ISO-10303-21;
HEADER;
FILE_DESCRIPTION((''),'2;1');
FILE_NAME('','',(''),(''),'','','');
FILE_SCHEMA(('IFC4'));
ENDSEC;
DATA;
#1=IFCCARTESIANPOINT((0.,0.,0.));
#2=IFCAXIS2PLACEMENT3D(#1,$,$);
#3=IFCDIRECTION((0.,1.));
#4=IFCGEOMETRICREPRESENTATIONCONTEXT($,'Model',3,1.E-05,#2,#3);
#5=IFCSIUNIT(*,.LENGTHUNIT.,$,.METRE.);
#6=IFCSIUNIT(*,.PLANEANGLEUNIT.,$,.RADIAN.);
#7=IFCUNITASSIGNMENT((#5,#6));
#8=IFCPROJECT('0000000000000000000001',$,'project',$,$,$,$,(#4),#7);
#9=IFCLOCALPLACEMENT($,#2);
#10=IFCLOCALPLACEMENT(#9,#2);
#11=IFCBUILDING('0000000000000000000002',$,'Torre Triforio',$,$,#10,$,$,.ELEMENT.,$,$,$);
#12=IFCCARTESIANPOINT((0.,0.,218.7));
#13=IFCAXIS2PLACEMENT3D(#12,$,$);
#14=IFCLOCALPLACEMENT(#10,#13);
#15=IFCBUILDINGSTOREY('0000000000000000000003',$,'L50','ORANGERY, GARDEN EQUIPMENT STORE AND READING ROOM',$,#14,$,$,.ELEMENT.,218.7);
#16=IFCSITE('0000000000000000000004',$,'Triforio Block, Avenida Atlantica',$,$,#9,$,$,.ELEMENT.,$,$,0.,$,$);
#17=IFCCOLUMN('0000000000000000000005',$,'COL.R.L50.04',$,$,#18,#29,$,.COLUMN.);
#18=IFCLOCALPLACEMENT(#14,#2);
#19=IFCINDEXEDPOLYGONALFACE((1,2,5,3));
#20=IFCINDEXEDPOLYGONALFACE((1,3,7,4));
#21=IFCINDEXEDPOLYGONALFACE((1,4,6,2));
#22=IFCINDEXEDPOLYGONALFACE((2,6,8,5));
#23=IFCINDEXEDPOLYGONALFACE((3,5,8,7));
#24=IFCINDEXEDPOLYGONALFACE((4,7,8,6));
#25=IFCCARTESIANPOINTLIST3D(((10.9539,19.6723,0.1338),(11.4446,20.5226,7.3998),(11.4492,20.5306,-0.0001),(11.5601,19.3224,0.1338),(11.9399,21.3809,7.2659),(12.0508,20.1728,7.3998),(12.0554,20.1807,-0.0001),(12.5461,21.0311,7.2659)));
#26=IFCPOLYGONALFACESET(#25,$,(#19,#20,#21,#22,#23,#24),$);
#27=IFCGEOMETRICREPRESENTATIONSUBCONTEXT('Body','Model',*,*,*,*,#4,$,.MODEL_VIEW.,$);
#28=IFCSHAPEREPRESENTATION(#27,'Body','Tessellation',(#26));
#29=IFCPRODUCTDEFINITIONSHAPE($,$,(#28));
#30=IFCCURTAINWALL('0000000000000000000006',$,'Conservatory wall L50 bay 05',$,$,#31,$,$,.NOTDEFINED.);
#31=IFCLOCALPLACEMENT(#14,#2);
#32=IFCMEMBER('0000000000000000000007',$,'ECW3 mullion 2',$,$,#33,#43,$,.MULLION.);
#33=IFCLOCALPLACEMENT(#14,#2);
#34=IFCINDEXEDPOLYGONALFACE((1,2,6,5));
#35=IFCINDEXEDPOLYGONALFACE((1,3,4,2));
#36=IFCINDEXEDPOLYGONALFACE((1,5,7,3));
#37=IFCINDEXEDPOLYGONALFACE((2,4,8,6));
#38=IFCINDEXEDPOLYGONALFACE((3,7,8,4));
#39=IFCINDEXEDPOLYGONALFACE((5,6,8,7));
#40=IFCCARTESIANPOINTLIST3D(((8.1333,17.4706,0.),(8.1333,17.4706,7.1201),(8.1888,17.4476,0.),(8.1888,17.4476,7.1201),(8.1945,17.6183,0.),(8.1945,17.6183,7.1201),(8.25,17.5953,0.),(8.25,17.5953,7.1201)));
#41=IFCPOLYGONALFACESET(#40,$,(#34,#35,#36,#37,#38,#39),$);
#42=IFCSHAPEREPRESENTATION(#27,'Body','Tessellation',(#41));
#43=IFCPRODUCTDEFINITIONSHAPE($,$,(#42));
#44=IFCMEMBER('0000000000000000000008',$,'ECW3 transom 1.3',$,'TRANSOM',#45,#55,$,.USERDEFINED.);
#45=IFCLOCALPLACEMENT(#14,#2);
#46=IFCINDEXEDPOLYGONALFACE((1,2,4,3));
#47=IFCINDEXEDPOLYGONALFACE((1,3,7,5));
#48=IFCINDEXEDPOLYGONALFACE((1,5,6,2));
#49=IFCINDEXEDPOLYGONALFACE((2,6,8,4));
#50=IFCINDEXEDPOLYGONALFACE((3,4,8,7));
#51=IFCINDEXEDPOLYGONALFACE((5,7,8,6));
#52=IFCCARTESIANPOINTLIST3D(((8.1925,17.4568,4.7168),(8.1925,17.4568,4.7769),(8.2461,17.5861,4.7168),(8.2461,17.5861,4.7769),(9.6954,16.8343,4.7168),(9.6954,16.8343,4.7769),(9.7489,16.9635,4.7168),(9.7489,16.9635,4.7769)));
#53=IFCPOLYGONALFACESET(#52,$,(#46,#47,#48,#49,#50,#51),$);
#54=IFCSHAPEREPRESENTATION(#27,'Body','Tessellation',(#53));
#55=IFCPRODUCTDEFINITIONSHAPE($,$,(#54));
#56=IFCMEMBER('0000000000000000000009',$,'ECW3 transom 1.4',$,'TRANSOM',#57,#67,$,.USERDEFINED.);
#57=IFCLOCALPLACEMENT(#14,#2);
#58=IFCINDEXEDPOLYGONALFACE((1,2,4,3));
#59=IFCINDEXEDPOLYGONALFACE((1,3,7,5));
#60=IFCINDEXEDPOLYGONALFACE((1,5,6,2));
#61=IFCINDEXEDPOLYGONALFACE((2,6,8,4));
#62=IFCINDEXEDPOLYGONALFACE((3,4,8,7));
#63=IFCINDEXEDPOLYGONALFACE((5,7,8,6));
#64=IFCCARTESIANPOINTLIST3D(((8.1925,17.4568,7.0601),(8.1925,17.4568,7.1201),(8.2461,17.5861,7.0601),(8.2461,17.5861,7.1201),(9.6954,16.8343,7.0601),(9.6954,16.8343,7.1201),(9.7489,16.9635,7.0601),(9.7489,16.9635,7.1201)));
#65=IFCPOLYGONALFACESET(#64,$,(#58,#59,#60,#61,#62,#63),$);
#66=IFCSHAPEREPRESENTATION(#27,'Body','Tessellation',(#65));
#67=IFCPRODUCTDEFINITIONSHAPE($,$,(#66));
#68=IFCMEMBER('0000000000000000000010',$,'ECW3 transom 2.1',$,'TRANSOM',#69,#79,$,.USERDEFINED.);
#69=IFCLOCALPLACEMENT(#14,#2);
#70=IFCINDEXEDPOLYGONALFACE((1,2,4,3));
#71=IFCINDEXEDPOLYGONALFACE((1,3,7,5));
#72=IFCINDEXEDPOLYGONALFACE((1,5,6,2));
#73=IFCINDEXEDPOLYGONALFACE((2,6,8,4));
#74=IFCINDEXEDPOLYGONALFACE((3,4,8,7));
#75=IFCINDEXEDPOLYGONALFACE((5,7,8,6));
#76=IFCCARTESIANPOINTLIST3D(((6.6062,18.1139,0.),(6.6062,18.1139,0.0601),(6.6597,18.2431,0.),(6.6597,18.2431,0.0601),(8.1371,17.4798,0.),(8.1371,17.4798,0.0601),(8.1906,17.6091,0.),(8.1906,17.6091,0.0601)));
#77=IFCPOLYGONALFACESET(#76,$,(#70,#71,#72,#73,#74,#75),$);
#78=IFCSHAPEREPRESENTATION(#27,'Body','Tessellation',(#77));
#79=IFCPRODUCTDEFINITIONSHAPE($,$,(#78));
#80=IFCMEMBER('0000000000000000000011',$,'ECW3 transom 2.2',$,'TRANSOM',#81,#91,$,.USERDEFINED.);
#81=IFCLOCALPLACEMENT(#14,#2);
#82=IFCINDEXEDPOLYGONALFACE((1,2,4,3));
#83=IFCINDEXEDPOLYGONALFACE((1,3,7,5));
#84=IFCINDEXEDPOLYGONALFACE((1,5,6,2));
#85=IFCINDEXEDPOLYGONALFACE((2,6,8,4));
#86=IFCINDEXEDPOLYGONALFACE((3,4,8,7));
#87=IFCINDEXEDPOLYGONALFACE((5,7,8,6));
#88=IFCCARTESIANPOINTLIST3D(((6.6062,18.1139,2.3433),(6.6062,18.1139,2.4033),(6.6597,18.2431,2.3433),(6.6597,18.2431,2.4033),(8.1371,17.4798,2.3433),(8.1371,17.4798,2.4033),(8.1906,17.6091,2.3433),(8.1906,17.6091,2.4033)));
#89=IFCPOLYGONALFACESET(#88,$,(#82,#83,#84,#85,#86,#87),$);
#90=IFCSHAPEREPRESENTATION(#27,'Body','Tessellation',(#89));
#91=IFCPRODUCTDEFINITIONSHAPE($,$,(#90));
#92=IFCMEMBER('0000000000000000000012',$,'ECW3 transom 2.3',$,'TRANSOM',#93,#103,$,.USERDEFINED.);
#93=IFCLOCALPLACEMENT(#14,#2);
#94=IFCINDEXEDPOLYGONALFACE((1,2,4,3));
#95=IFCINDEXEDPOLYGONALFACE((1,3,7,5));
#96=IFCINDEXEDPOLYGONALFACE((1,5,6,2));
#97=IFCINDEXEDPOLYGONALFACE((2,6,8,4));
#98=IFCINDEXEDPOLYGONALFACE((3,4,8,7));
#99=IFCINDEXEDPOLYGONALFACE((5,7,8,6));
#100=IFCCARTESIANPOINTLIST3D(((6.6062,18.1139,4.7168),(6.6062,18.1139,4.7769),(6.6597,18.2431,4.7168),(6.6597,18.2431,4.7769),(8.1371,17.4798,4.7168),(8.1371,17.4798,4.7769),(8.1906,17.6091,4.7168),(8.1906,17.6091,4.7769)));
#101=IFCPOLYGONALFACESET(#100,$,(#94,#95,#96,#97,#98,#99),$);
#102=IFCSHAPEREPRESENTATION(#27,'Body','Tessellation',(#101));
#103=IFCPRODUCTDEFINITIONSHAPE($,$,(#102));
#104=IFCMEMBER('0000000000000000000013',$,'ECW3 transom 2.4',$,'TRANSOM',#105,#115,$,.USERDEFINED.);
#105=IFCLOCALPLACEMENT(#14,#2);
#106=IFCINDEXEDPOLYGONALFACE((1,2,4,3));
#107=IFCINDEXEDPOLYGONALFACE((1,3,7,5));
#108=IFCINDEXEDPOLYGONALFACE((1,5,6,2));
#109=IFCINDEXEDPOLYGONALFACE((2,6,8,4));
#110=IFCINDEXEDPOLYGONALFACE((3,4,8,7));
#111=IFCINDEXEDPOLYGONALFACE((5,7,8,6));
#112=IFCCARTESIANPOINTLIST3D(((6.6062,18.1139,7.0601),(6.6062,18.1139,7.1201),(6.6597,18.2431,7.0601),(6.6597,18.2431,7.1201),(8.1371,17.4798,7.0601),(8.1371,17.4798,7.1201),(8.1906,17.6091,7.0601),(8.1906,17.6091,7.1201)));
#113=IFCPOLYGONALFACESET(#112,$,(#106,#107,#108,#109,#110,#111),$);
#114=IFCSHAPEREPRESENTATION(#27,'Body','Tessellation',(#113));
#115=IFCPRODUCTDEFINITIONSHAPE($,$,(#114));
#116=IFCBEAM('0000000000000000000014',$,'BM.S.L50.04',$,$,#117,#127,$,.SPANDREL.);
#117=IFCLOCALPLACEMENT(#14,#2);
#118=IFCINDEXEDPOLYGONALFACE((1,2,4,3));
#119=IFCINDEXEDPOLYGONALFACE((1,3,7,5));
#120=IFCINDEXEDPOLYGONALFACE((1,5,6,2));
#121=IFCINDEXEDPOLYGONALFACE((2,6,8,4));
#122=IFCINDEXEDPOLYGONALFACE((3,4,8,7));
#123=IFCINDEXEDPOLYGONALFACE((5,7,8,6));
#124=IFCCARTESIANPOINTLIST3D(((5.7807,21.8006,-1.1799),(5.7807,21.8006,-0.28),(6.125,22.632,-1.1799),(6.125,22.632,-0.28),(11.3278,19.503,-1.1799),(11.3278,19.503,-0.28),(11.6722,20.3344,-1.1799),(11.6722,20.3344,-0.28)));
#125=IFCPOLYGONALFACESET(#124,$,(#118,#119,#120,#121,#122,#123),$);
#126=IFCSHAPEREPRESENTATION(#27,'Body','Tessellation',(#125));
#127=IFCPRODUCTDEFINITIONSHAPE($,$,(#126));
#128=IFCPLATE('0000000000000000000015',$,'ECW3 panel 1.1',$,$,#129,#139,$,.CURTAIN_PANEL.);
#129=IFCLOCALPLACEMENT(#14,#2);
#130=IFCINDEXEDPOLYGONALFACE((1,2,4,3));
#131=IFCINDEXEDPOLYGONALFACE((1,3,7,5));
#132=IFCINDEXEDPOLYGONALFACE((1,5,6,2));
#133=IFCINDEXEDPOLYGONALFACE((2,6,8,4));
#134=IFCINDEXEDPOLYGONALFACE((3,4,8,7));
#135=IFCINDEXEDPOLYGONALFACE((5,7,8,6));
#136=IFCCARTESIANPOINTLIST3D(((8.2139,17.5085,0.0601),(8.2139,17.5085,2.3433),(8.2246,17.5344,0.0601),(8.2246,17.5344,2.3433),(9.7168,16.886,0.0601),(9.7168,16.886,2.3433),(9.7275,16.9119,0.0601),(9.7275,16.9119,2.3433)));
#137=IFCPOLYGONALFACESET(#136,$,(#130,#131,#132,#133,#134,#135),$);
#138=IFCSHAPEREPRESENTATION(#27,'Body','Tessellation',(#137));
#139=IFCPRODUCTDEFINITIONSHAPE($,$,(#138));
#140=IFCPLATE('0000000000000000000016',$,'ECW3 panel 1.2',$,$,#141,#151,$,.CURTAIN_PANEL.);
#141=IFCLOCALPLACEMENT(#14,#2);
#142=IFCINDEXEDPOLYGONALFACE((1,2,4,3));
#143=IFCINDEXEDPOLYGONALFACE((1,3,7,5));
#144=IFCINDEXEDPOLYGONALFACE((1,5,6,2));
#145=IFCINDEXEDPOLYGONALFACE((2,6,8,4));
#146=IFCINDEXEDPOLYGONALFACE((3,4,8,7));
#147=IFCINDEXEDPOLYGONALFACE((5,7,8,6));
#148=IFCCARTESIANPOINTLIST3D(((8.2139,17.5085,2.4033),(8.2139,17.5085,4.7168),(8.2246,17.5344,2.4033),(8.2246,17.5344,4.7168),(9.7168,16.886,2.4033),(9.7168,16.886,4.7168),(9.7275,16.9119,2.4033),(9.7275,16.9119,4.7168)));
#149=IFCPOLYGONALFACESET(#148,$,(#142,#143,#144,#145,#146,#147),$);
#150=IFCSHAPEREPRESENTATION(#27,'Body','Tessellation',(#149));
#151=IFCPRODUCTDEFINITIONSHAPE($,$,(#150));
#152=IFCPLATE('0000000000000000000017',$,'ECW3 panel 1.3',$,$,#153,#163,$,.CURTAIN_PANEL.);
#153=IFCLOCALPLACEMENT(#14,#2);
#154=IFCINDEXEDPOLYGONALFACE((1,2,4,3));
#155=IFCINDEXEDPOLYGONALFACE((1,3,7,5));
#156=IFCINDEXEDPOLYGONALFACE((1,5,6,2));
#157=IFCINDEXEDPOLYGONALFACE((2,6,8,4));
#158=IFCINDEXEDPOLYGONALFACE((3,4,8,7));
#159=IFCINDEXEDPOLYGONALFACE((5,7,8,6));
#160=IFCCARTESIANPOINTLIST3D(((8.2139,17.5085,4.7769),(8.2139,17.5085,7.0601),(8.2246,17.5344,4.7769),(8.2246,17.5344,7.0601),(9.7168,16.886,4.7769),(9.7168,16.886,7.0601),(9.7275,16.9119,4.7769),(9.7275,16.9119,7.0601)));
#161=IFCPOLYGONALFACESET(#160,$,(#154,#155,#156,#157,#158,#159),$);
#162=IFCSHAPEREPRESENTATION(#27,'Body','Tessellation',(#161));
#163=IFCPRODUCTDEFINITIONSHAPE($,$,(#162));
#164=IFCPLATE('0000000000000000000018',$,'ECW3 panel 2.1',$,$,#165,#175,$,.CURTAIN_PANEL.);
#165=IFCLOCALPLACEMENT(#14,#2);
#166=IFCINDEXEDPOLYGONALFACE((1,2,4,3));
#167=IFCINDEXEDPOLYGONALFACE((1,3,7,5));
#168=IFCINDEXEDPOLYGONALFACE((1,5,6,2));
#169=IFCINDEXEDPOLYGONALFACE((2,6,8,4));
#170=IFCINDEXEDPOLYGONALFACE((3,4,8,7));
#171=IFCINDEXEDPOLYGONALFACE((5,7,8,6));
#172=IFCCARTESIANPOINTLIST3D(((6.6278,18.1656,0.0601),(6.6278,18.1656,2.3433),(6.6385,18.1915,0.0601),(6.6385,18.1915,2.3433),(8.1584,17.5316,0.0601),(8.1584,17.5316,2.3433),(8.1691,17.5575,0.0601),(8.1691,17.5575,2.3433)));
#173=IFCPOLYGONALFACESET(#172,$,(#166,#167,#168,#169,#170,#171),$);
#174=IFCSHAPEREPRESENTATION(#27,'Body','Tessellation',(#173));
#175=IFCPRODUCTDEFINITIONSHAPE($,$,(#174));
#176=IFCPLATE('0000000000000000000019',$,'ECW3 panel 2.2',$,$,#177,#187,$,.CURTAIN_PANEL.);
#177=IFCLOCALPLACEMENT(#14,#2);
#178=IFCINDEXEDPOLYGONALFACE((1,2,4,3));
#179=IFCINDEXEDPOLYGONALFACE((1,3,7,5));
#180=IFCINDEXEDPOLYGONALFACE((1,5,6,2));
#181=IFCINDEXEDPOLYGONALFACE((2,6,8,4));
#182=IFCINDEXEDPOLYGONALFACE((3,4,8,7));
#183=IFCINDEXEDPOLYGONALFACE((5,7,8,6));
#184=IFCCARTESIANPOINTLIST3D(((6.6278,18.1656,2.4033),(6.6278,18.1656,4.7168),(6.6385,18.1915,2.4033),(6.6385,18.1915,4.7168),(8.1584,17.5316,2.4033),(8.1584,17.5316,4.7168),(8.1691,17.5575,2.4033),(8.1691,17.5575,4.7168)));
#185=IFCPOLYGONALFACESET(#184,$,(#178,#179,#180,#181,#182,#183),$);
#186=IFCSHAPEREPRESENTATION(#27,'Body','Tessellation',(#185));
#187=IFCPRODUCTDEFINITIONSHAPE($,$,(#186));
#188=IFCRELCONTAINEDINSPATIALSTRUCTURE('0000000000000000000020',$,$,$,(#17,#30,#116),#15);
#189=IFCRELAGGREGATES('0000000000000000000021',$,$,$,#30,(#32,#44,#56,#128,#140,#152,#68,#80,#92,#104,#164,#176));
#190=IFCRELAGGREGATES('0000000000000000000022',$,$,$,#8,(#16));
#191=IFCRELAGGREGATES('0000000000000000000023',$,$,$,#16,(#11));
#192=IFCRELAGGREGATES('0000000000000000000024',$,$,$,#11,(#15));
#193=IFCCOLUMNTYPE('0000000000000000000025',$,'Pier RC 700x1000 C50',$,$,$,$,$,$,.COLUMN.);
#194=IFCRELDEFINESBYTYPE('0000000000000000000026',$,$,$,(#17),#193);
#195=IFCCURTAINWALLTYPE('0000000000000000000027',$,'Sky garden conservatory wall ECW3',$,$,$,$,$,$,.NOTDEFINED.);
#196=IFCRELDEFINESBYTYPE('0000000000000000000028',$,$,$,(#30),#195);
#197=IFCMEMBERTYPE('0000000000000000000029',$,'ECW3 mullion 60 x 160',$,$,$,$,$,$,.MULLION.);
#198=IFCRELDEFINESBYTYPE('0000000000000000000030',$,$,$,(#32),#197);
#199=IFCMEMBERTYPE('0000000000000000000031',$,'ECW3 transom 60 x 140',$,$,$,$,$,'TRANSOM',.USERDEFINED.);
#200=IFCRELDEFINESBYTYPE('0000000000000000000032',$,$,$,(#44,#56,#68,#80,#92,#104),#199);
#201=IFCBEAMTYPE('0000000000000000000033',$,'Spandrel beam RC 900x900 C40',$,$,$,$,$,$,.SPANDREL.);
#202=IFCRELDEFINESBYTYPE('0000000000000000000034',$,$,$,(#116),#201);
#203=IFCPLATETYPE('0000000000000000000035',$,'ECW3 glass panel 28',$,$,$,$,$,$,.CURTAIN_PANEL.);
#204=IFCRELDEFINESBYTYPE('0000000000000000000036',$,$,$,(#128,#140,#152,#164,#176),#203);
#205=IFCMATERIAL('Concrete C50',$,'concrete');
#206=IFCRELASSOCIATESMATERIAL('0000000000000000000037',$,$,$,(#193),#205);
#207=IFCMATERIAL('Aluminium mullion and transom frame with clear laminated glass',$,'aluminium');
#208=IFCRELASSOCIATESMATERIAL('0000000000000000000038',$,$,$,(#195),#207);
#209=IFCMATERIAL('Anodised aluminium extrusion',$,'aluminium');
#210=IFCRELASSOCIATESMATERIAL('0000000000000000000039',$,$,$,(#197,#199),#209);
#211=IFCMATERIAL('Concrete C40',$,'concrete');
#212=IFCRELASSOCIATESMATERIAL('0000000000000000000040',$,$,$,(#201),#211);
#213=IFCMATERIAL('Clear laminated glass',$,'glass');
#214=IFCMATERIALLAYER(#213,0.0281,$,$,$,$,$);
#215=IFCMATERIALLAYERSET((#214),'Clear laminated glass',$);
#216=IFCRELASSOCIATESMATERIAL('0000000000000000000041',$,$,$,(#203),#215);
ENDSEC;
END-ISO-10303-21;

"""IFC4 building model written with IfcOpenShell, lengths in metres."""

from ifc_helpers import new_model, si_unit, direction, frame, origin, origin_2d, place, context, subcontext, project, spatial, rectangle, extrude, material, layer, layer_set, material_profile, profile_set, type_object, element, aggregate, save


model = new_model("IFC4")

# Units and contexts
model_context = context("Model", 3, precision=1e-05, world=origin(), true_north=direction((0.0, 1.0)))
body_context = subcontext(model_context, "Body", "Model", "MODEL_VIEW")
ifc_project = project(units=[si_unit("LENGTHUNIT", "METRE"), si_unit("PLANEANGLEUNIT", "RADIAN")], contexts=[model_context])

# Site, building, storey
site_placement = place(None, origin())
site = spatial("IfcSite", under=ifc_project, at=site_placement, Name="Triforio Block, Avenida Atlantica", CompositionType="ELEMENT", RefElevation=0.0)
building_placement = place(site_placement, origin())
building = spatial("IfcBuilding", under=site, at=building_placement, Name="Torre Triforio", CompositionType="ELEMENT")
storey_placement = place(building_placement, frame((0.0, 0.0, 218.7)))
storey = spatial("IfcBuildingStorey", under=building, at=storey_placement, Name="L50", Description="ORANGERY, GARDEN EQUIPMENT STORE AND READING ROOM", CompositionType="ELEMENT", Elevation=218.7)

# Column
ifc_material_1 = material(Name="Concrete C50", Category="concrete")
ifc_material_profile_1 = material_profile(ifc_material_1, rectangle(XDim=0.7, YDim=1.0, at=origin_2d()), Name="RC 700x1000")
ifc_profile_set_1 = profile_set([ifc_material_profile_1], Name="Concrete C50")
column_type = type_object("IfcColumnType", Name="Pier RC 700x1000 C50", PredefinedType="COLUMN", material=ifc_profile_set_1)
column_placement = place(storey_placement, frame((11.5046, 19.9265, 0.0669), z_axis=(0.066928, 0.115975, 0.990995), x_axis=(-0.866123, 0.49983, 0.0)))
element("IfcColumn", 1, at=column_placement, inside=storey, type_object=column_type, Name="COL.R.L50.04", PredefinedType="COLUMN", context=body_context, shape_type="SweptSolid", body=[
    extrude(rectangle(XDim=0.7, YDim=1.0, at=origin_2d()), origin(), (0.0, 0.0, 1.0), 7.332),
])

# Curtain wall, members
ifc_material_2 = material(Name="Aluminium mullion and transom frame with clear laminated glass", Category="aluminium")
curtain_wall_type = type_object("IfcCurtainWallType", Name="Sky garden conservatory wall ECW3", PredefinedType="NOTDEFINED", material=ifc_material_2)
curtain_wall_placement = place(storey_placement, origin())
curtain_wall = element("IfcCurtainWall", 2, at=curtain_wall_placement, inside=storey, type_object=curtain_wall_type, Name="Conservatory wall L50 bay 05", PredefinedType="NOTDEFINED")
ifc_material_3 = material(Name="Anodised aluminium extrusion", Category="aluminium")
ifc_material_profile_2 = material_profile(ifc_material_3, rectangle(XDim=0.1599, YDim=0.0601, at=origin_2d()), Name="ECW3 MULLION 60x160")
ifc_profile_set_2 = profile_set([ifc_material_profile_2], Name="Anodised aluminium extrusion")
member_type_1 = type_object("IfcMemberType", Name="ECW3 mullion 60 x 160", PredefinedType="MULLION", material=ifc_profile_set_2)
member_1_placement = place(storey_placement, frame((8.1917, 17.533, 0.0), z_axis=(0.0, 0.0, 1.0), x_axis=(-0.382684, -0.923879, 0.0)))
member_1 = element("IfcMember", 3, at=member_1_placement, type_object=member_type_1, Name="ECW3 mullion 2", PredefinedType="MULLION", context=body_context, shape_type="SweptSolid", body=[
    extrude(rectangle(XDim=0.1599, YDim=0.0601, at=origin_2d()), origin(), (0.0, 0.0, 1.0), 7.1201),
])
ifc_material_profile_3 = material_profile(ifc_material_3, rectangle(XDim=0.1399, YDim=0.0601, at=origin_2d()), Name="ECW3 TRANSOM 60x140")
ifc_profile_set_3 = profile_set([ifc_material_profile_3], Name="Anodised aluminium extrusion")
member_type_2 = type_object("IfcMemberType", Name="ECW3 transom 60 x 140", ElementType="TRANSOM", PredefinedType="USERDEFINED", material=ifc_profile_set_3)
member_2_placement = place(storey_placement, frame((9.7222, 16.8989, 4.7468), z_axis=(-0.923874, 0.382696, 0.0), x_axis=(-0.382696, -0.923874, 0.0)))
member_2 = element("IfcMember", 4, at=member_2_placement, type_object=member_type_2, Name="ECW3 transom 1.3", ObjectType="TRANSOM", PredefinedType="USERDEFINED", context=body_context, shape_type="SweptSolid", body=[
    extrude(rectangle(XDim=0.1399, YDim=0.0601, at=origin_2d()), origin(), (0.0, 0.0, 1.0), 1.6267),
])
member_3_placement = place(storey_placement, frame((9.7222, 16.8989, 7.0901), z_axis=(-0.923874, 0.382696, 0.0), x_axis=(-0.382696, -0.923874, 0.0)))
member_3 = element("IfcMember", 5, at=member_3_placement, type_object=member_type_2, Name="ECW3 transom 1.4", ObjectType="TRANSOM", PredefinedType="USERDEFINED", context=body_context, shape_type="SweptSolid", body=[
    extrude(rectangle(XDim=0.1399, YDim=0.0601, at=origin_2d()), origin(), (0.0, 0.0, 1.0), 1.6267),
])
member_4_placement = place(storey_placement, frame((8.1638, 17.5444, 0.03), z_axis=(-0.923886, 0.382668, 0.0), x_axis=(-0.382668, -0.923886, 0.0)))
member_4 = element("IfcMember", 6, at=member_4_placement, type_object=member_type_2, Name="ECW3 transom 2.1", ObjectType="TRANSOM", PredefinedType="USERDEFINED", context=body_context, shape_type="SweptSolid", body=[
    extrude(rectangle(XDim=0.1399, YDim=0.0601, at=origin_2d()), origin(), (0.0, 0.0, 1.0), 1.657),
])
member_5_placement = place(storey_placement, frame((8.1638, 17.5444, 2.3733), z_axis=(-0.923886, 0.382668, 0.0), x_axis=(-0.382668, -0.923886, 0.0)))
member_5 = element("IfcMember", 7, at=member_5_placement, type_object=member_type_2, Name="ECW3 transom 2.2", ObjectType="TRANSOM", PredefinedType="USERDEFINED", context=body_context, shape_type="SweptSolid", body=[
    extrude(rectangle(XDim=0.1399, YDim=0.0601, at=origin_2d()), origin(), (0.0, 0.0, 1.0), 1.657),
])
member_6_placement = place(storey_placement, frame((8.1638, 17.5444, 4.7468), z_axis=(-0.923886, 0.382668, 0.0), x_axis=(-0.382668, -0.923886, 0.0)))
member_6 = element("IfcMember", 8, at=member_6_placement, type_object=member_type_2, Name="ECW3 transom 2.3", ObjectType="TRANSOM", PredefinedType="USERDEFINED", context=body_context, shape_type="SweptSolid", body=[
    extrude(rectangle(XDim=0.1399, YDim=0.0601, at=origin_2d()), origin(), (0.0, 0.0, 1.0), 1.657),
])
member_7_placement = place(storey_placement, frame((8.1638, 17.5444, 7.0901), z_axis=(-0.923886, 0.382668, 0.0), x_axis=(-0.382668, -0.923886, 0.0)))
member_7 = element("IfcMember", 9, at=member_7_placement, type_object=member_type_2, Name="ECW3 transom 2.4", ObjectType="TRANSOM", PredefinedType="USERDEFINED", context=body_context, shape_type="SweptSolid", body=[
    extrude(rectangle(XDim=0.1399, YDim=0.0601, at=origin_2d()), origin(), (0.0, 0.0, 1.0), 1.657),
])

# Beam
ifc_material_4 = material(Name="Concrete C40", Category="concrete")
ifc_material_profile_4 = material_profile(ifc_material_4, rectangle(XDim=0.8999, YDim=0.8999, at=origin_2d()), Name="RC 900x900")
ifc_profile_set_4 = profile_set([ifc_material_profile_4], Name="Concrete C40")
beam_type = type_object("IfcBeamType", Name="Spandrel beam RC 900x900 C40", PredefinedType="SPANDREL", material=ifc_profile_set_4)
beam_placement = place(storey_placement, frame((11.5, 19.9187, -0.73), z_axis=(-0.923885, 0.382671, 0.0), x_axis=(-0.382671, -0.923885, 0.0)))
element("IfcBeam", 10, at=beam_placement, inside=storey, type_object=beam_type, Name="BM.S.L50.04", PredefinedType="SPANDREL", context=body_context, shape_type="SweptSolid", body=[
    extrude(rectangle(XDim=0.8999, YDim=0.8999, at=origin_2d()), origin(), (0.0, 0.0, 1.0), 6.0042),
])

# Plates
ifc_material_5 = material(Name="Clear laminated glass", Category="glass")
ifc_layer_1 = layer(ifc_material_5, 0.0281)
ifc_layer_set_1 = layer_set([ifc_layer_1], Name="Clear laminated glass")
plate_type = type_object("IfcPlateType", Name="ECW3 glass panel 28", PredefinedType="CURTAIN_PANEL", material=ifc_layer_set_1)
plate_1_placement = place(storey_placement, frame((8.9707, 17.2102, 0.0601), z_axis=(0.0, 0.0, 1.0), x_axis=(-0.923879, 0.382684, 0.0)))
plate_1 = element("IfcPlate", 11, at=plate_1_placement, type_object=plate_type, Name="ECW3 panel 1.1", PredefinedType="CURTAIN_PANEL", context=body_context, shape_type="SweptSolid", body=[
    extrude(rectangle(XDim=1.6267, YDim=0.0281, at=origin_2d()), origin(), (0.0, 0.0, 1.0), 2.2832),
])
plate_2_placement = place(storey_placement, frame((8.9707, 17.2102, 2.4033), z_axis=(0.0, 0.0, 1.0), x_axis=(-0.923879, 0.382684, 0.0)))
plate_2 = element("IfcPlate", 12, at=plate_2_placement, type_object=plate_type, Name="ECW3 panel 1.2", PredefinedType="CURTAIN_PANEL", context=body_context, shape_type="SweptSolid", body=[
    extrude(rectangle(XDim=1.6267, YDim=0.0281, at=origin_2d()), origin(), (0.0, 0.0, 1.0), 2.3135),
])
plate_3_placement = place(storey_placement, frame((8.9707, 17.2102, 4.7769), z_axis=(0.0, 0.0, 1.0), x_axis=(-0.923879, 0.382684, 0.0)))
plate_3 = element("IfcPlate", 13, at=plate_3_placement, type_object=plate_type, Name="ECW3 panel 1.3", PredefinedType="CURTAIN_PANEL", context=body_context, shape_type="SweptSolid", body=[
    extrude(rectangle(XDim=1.6267, YDim=0.0281, at=origin_2d()), origin(), (0.0, 0.0, 1.0), 2.2832),
])
plate_4_placement = place(storey_placement, frame((7.3984, 17.8616, 0.0601), z_axis=(0.0, 0.0, 1.0), x_axis=(-0.923879, 0.382684, 0.0)))
plate_4 = element("IfcPlate", 14, at=plate_4_placement, type_object=plate_type, Name="ECW3 panel 2.1", PredefinedType="CURTAIN_PANEL", context=body_context, shape_type="SweptSolid", body=[
    extrude(rectangle(XDim=1.6567, YDim=0.0281, at=origin_2d()), origin(), (0.0, 0.0, 1.0), 2.2832),
])
plate_5_placement = place(storey_placement, frame((7.3984, 17.8616, 2.4033), z_axis=(0.0, 0.0, 1.0), x_axis=(-0.923879, 0.382684, 0.0)))
plate_5 = element("IfcPlate", 15, at=plate_5_placement, type_object=plate_type, Name="ECW3 panel 2.2", PredefinedType="CURTAIN_PANEL", context=body_context, shape_type="SweptSolid", body=[
    extrude(rectangle(XDim=1.6567, YDim=0.0281, at=origin_2d()), origin(), (0.0, 0.0, 1.0), 2.3135),
])
aggregate(curtain_wall, [member_1, member_2, member_3, plate_1, plate_2, plate_3, member_4, member_5, member_6, member_7, plate_4, plate_5])

save(model, "model.ifc")
